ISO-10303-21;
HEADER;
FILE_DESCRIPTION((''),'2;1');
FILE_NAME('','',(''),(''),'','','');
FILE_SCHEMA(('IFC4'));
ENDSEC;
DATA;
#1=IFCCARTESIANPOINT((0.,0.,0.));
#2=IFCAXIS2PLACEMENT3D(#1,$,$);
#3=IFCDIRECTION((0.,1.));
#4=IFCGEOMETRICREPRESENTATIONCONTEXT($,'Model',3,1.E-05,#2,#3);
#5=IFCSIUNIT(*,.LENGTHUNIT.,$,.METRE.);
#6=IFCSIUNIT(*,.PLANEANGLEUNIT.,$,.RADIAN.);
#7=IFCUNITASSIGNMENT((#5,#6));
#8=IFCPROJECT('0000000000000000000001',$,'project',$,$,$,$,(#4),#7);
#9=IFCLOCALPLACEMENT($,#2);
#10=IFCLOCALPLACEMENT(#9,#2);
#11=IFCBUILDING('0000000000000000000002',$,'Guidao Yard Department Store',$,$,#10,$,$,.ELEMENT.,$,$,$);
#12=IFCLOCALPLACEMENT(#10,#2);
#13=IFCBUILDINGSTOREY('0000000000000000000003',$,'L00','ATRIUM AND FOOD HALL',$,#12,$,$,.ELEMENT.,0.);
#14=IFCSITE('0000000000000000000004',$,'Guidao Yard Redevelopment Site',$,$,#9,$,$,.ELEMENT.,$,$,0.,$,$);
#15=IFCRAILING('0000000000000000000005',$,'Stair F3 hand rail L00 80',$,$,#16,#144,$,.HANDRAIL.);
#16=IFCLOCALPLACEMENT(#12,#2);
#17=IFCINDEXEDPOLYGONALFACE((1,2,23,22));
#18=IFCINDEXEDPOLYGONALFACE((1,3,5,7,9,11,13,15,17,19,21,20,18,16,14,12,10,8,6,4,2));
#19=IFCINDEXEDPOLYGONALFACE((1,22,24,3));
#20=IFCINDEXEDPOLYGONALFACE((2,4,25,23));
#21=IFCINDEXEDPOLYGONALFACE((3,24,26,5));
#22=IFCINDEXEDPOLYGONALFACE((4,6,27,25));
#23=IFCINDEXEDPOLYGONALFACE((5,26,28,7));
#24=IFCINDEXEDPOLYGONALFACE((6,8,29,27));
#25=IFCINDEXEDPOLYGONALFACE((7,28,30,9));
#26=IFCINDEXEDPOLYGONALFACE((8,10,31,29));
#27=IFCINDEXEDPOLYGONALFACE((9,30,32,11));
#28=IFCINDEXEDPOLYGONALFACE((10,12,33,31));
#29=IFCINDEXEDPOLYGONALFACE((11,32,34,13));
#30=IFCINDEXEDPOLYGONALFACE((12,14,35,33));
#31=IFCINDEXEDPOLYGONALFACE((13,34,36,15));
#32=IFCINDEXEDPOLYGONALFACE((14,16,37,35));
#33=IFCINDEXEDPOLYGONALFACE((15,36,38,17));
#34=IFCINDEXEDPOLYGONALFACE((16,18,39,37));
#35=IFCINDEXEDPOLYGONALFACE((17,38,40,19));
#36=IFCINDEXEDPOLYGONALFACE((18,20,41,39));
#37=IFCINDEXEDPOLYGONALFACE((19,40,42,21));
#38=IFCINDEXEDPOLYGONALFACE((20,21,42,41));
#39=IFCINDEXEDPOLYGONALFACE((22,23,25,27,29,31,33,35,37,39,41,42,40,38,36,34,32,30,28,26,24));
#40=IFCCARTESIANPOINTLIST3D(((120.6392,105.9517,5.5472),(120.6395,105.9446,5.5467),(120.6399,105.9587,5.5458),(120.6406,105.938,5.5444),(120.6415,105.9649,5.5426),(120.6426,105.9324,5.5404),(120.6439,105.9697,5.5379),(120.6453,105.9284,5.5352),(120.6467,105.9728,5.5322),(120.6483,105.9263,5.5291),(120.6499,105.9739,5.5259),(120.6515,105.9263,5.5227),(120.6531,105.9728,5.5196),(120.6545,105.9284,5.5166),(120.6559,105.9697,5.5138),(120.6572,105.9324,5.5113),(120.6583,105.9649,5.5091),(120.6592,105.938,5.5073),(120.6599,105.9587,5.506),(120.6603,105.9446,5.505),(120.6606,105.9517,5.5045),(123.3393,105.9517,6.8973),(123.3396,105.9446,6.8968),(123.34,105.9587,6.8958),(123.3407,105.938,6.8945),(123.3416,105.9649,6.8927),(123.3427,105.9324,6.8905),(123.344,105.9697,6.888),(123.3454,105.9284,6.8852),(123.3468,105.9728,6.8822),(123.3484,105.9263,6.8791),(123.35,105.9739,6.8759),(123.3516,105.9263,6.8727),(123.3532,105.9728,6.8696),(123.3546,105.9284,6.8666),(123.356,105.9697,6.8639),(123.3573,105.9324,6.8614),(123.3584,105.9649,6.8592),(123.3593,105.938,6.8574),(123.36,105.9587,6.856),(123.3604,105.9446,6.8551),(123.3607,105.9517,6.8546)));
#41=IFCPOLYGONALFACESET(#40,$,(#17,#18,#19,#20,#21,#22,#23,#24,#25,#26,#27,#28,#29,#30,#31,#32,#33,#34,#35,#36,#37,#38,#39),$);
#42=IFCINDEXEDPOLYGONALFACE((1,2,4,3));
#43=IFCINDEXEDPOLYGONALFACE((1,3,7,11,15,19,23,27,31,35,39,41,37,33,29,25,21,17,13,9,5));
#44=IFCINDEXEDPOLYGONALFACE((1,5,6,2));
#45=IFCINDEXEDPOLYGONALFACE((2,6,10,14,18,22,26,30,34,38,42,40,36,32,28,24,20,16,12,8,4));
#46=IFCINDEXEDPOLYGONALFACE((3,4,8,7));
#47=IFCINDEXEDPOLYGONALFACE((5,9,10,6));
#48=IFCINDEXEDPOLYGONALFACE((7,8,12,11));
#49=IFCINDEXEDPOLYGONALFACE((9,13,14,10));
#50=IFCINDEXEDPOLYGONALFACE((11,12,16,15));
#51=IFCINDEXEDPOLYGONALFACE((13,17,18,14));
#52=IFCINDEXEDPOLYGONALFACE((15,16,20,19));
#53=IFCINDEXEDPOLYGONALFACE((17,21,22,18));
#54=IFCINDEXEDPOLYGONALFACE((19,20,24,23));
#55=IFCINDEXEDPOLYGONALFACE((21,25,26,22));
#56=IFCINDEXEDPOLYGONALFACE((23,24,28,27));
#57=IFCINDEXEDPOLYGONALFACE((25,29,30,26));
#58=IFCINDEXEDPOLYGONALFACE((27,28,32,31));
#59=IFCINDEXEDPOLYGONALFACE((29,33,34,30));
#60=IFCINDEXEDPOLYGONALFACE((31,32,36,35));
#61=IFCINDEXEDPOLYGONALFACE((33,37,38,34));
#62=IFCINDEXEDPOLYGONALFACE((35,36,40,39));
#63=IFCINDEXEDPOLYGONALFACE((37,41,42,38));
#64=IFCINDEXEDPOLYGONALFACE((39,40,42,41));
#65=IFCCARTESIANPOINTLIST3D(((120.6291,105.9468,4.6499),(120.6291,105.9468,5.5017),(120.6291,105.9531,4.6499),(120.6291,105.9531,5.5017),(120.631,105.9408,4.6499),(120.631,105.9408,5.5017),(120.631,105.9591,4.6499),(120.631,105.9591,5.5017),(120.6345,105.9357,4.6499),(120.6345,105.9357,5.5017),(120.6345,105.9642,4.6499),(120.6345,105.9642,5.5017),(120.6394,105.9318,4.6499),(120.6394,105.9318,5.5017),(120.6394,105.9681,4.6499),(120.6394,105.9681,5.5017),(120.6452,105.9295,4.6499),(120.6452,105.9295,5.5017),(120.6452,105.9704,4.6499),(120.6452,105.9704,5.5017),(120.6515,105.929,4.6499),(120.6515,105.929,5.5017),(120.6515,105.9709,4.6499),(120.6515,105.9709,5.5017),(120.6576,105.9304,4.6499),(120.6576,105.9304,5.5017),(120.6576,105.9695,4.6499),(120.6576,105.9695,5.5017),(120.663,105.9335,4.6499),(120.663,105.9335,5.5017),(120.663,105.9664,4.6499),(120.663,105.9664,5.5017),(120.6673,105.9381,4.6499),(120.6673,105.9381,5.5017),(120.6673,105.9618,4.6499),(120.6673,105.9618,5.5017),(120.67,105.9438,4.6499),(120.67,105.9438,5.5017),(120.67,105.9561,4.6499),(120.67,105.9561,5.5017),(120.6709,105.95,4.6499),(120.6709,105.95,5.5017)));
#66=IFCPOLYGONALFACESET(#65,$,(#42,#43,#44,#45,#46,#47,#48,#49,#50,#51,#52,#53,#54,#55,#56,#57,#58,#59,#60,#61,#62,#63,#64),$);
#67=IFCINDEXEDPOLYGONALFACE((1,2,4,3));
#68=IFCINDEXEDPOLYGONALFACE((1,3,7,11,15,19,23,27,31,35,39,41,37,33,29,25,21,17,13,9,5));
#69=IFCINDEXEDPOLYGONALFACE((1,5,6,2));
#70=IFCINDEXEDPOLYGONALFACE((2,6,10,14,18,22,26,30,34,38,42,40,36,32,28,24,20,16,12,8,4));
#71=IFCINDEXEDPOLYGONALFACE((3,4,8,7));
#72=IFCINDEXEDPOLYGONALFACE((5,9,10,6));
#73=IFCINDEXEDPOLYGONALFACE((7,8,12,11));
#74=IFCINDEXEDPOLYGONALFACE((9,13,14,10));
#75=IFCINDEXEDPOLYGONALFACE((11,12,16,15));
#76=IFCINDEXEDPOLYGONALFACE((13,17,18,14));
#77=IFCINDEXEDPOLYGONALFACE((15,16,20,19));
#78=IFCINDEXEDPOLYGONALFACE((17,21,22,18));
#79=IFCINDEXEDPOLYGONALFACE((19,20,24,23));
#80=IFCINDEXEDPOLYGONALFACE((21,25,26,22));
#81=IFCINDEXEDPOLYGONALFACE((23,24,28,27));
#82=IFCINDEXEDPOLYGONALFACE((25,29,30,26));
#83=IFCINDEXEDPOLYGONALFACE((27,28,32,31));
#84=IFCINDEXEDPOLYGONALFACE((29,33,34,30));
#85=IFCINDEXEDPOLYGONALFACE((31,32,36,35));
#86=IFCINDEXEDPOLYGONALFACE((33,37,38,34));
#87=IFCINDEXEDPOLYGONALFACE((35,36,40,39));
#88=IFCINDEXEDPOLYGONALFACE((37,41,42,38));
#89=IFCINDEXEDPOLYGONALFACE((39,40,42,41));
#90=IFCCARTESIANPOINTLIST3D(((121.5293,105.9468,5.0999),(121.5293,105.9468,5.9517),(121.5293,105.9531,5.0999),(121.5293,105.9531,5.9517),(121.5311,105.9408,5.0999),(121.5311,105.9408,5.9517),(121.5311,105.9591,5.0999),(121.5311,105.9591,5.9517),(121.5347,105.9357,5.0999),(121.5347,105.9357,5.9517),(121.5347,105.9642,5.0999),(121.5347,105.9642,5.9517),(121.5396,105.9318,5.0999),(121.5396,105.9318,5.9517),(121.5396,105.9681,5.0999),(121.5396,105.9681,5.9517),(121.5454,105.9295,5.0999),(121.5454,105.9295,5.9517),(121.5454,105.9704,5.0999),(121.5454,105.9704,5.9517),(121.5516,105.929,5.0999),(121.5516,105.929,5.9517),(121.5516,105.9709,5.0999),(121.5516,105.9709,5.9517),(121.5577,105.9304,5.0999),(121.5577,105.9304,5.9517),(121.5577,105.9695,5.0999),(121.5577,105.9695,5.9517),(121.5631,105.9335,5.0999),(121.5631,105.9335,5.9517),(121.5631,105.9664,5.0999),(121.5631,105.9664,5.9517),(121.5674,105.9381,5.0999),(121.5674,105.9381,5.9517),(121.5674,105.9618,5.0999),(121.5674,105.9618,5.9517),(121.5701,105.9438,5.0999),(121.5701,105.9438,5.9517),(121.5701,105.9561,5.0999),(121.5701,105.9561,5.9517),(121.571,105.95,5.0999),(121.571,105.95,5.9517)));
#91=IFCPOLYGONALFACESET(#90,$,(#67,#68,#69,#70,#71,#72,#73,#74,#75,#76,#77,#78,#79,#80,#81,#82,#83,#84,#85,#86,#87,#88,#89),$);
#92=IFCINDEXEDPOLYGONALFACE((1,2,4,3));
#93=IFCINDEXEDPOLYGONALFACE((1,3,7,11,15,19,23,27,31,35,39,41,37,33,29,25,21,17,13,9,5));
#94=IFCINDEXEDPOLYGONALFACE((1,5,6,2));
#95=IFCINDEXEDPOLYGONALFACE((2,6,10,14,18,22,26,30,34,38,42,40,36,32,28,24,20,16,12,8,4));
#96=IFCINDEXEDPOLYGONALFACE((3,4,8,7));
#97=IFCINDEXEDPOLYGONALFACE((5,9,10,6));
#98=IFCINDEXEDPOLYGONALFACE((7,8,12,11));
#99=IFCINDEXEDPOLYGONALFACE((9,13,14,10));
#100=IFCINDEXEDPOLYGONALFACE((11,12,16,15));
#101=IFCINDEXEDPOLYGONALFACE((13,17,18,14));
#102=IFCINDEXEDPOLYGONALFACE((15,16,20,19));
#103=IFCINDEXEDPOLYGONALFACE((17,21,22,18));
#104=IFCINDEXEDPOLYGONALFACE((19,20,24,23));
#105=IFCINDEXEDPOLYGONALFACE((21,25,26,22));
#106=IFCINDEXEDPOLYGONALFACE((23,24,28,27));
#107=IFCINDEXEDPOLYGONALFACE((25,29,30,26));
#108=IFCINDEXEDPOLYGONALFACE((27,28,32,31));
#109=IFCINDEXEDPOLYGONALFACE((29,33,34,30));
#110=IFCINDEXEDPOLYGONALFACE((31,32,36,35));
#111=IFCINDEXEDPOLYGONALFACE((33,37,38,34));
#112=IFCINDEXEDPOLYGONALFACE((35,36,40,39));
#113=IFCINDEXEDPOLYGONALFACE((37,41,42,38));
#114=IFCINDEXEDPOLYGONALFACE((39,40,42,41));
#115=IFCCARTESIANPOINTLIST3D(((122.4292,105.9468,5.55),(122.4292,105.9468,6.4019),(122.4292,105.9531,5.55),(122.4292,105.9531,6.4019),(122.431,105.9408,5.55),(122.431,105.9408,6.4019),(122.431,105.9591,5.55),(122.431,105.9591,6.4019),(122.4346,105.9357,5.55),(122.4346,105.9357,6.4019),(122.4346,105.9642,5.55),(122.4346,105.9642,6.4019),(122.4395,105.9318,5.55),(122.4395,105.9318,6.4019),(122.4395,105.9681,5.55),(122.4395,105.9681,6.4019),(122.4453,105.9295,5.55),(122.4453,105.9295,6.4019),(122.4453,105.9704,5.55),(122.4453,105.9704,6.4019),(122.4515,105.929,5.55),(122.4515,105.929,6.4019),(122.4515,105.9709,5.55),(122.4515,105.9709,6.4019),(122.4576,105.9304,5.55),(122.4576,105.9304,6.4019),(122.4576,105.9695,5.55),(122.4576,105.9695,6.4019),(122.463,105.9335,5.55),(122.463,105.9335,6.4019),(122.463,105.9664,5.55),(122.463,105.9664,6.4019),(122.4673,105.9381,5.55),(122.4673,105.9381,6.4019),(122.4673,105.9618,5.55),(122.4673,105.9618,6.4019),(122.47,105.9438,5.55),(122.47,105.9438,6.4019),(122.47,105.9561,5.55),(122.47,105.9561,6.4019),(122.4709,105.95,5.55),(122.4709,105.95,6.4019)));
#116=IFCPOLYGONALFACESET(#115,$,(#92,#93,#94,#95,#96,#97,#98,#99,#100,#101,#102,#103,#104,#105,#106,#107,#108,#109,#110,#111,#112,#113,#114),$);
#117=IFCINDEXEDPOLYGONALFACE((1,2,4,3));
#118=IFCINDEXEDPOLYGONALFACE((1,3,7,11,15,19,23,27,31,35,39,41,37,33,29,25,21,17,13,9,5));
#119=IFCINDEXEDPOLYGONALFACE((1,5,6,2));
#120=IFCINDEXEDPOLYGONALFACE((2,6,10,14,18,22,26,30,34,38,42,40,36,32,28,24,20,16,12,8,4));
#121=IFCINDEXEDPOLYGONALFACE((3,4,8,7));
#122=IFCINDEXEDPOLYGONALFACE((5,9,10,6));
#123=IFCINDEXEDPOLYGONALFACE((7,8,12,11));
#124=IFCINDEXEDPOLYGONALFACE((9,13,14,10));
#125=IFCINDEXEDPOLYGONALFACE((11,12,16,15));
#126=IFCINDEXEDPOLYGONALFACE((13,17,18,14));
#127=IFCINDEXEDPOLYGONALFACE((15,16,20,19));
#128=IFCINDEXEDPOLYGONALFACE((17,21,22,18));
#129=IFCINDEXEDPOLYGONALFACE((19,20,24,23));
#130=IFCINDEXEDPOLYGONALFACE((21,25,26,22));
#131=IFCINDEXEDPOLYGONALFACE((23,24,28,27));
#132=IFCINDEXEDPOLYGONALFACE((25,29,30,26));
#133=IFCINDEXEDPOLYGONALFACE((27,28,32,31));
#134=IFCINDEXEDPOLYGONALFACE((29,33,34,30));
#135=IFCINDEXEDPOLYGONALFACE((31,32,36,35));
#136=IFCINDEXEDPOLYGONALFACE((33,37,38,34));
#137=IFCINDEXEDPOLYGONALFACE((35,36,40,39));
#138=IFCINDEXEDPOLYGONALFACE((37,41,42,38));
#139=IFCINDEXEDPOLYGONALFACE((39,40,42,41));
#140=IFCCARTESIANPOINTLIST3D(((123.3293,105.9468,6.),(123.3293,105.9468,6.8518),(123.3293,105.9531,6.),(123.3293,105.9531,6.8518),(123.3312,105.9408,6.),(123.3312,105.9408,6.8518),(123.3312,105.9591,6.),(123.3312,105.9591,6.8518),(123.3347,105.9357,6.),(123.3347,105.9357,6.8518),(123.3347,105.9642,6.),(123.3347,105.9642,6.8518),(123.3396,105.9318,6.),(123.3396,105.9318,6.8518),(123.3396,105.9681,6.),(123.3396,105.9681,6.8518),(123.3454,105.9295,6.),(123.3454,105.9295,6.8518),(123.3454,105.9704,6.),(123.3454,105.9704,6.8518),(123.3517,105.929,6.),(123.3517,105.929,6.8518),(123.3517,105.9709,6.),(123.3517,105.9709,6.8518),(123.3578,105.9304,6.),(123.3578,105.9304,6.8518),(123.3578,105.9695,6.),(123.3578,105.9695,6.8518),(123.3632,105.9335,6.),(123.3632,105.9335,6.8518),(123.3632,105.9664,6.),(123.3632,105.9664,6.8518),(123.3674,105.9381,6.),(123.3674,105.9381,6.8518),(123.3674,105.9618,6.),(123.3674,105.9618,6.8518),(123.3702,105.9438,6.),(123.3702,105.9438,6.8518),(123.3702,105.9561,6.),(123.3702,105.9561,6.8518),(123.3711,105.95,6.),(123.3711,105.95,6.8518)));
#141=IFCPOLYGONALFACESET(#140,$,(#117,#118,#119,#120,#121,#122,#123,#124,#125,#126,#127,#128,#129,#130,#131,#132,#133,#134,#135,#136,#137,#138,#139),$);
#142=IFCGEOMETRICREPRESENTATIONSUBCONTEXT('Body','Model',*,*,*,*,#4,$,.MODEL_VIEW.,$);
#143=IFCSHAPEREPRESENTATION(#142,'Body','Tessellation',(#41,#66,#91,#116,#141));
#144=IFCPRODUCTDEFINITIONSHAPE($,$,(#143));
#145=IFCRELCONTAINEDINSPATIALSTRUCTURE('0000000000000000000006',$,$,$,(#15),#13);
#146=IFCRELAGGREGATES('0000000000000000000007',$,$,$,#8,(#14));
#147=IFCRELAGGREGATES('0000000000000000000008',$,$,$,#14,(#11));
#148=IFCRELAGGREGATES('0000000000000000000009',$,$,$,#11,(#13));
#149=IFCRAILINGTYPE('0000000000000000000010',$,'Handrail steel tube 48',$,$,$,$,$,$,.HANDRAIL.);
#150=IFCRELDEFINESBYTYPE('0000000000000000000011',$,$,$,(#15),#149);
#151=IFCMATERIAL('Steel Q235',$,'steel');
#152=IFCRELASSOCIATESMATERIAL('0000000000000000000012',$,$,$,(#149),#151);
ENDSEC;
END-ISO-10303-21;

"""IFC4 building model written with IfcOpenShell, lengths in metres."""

from ifc_helpers import new_model, si_unit, direction, frame, origin, origin_2d, place, context, subcontext, project, spatial, circle, extrude, material, type_object, element, save


model = new_model("IFC4")

# Units and contexts
model_context = context("Model", 3, precision=1e-05, world=origin(), true_north=direction((0.0, 1.0)))
body_context = subcontext(model_context, "Body", "Model", "MODEL_VIEW")
ifc_project = project(units=[si_unit("LENGTHUNIT", "METRE"), si_unit("PLANEANGLEUNIT", "RADIAN")], contexts=[model_context])

# Site, building, storey
site_placement = place(None, origin())
site = spatial("IfcSite", under=ifc_project, at=site_placement, Name="Guidao Yard Redevelopment Site", CompositionType="ELEMENT", RefElevation=0.0)
building_placement = place(site_placement, origin())
building = spatial("IfcBuilding", under=site, at=building_placement, Name="Guidao Yard Department Store", CompositionType="ELEMENT")
storey_placement = place(building_placement, origin())
storey = spatial("IfcBuildingStorey", under=building, at=storey_placement, Name="L00", Description="ATRIUM AND FOOD HALL", CompositionType="ELEMENT", Elevation=0.0)

# Railing
ifc_material_1 = material(Name="Steel Q235", Category="steel")
railing_type = type_object("IfcRailingType", Name="Handrail steel tube 48", PredefinedType="HANDRAIL", material=ifc_material_1)
for number, where, name in (
    (1, (120.6499, 105.95, 4.6499), "Stair F3 hand rail L00 80"),
):
    element("IfcRailing", number, at=place(storey_placement, frame(where)), inside=storey, type_object=railing_type, Name=name, PredefinedType="HANDRAIL", context=body_context, shape_type="SweptSolid", body=[
        extrude(circle(Radius=0.0239, at=origin_2d()), frame((0.0, 0.0, 0.876), z_axis=(0.894427, 0.0, 0.447214), x_axis=(0.0, 1.0, 0.0)), (0.0, 0.0, 1.0), 3.0188),
        extrude(circle(Radius=0.021, at=origin_2d()), origin(), (0.0, 0.0, 1.0), 0.8518),
        extrude(circle(Radius=0.021, at=origin_2d()), frame((0.9001, 0.0, 0.45)), (0.0, 0.0, 1.0), 0.8518),
        extrude(circle(Radius=0.021, at=origin_2d()), frame((1.8, 0.0, 0.9001)), (0.0, 0.0, 1.0), 0.8518),
        extrude(circle(Radius=0.021, at=origin_2d()), frame((2.7002, 0.0, 1.3501)), (0.0, 0.0, 1.0), 0.8518),
    ])

save(model, "model.ifc")
